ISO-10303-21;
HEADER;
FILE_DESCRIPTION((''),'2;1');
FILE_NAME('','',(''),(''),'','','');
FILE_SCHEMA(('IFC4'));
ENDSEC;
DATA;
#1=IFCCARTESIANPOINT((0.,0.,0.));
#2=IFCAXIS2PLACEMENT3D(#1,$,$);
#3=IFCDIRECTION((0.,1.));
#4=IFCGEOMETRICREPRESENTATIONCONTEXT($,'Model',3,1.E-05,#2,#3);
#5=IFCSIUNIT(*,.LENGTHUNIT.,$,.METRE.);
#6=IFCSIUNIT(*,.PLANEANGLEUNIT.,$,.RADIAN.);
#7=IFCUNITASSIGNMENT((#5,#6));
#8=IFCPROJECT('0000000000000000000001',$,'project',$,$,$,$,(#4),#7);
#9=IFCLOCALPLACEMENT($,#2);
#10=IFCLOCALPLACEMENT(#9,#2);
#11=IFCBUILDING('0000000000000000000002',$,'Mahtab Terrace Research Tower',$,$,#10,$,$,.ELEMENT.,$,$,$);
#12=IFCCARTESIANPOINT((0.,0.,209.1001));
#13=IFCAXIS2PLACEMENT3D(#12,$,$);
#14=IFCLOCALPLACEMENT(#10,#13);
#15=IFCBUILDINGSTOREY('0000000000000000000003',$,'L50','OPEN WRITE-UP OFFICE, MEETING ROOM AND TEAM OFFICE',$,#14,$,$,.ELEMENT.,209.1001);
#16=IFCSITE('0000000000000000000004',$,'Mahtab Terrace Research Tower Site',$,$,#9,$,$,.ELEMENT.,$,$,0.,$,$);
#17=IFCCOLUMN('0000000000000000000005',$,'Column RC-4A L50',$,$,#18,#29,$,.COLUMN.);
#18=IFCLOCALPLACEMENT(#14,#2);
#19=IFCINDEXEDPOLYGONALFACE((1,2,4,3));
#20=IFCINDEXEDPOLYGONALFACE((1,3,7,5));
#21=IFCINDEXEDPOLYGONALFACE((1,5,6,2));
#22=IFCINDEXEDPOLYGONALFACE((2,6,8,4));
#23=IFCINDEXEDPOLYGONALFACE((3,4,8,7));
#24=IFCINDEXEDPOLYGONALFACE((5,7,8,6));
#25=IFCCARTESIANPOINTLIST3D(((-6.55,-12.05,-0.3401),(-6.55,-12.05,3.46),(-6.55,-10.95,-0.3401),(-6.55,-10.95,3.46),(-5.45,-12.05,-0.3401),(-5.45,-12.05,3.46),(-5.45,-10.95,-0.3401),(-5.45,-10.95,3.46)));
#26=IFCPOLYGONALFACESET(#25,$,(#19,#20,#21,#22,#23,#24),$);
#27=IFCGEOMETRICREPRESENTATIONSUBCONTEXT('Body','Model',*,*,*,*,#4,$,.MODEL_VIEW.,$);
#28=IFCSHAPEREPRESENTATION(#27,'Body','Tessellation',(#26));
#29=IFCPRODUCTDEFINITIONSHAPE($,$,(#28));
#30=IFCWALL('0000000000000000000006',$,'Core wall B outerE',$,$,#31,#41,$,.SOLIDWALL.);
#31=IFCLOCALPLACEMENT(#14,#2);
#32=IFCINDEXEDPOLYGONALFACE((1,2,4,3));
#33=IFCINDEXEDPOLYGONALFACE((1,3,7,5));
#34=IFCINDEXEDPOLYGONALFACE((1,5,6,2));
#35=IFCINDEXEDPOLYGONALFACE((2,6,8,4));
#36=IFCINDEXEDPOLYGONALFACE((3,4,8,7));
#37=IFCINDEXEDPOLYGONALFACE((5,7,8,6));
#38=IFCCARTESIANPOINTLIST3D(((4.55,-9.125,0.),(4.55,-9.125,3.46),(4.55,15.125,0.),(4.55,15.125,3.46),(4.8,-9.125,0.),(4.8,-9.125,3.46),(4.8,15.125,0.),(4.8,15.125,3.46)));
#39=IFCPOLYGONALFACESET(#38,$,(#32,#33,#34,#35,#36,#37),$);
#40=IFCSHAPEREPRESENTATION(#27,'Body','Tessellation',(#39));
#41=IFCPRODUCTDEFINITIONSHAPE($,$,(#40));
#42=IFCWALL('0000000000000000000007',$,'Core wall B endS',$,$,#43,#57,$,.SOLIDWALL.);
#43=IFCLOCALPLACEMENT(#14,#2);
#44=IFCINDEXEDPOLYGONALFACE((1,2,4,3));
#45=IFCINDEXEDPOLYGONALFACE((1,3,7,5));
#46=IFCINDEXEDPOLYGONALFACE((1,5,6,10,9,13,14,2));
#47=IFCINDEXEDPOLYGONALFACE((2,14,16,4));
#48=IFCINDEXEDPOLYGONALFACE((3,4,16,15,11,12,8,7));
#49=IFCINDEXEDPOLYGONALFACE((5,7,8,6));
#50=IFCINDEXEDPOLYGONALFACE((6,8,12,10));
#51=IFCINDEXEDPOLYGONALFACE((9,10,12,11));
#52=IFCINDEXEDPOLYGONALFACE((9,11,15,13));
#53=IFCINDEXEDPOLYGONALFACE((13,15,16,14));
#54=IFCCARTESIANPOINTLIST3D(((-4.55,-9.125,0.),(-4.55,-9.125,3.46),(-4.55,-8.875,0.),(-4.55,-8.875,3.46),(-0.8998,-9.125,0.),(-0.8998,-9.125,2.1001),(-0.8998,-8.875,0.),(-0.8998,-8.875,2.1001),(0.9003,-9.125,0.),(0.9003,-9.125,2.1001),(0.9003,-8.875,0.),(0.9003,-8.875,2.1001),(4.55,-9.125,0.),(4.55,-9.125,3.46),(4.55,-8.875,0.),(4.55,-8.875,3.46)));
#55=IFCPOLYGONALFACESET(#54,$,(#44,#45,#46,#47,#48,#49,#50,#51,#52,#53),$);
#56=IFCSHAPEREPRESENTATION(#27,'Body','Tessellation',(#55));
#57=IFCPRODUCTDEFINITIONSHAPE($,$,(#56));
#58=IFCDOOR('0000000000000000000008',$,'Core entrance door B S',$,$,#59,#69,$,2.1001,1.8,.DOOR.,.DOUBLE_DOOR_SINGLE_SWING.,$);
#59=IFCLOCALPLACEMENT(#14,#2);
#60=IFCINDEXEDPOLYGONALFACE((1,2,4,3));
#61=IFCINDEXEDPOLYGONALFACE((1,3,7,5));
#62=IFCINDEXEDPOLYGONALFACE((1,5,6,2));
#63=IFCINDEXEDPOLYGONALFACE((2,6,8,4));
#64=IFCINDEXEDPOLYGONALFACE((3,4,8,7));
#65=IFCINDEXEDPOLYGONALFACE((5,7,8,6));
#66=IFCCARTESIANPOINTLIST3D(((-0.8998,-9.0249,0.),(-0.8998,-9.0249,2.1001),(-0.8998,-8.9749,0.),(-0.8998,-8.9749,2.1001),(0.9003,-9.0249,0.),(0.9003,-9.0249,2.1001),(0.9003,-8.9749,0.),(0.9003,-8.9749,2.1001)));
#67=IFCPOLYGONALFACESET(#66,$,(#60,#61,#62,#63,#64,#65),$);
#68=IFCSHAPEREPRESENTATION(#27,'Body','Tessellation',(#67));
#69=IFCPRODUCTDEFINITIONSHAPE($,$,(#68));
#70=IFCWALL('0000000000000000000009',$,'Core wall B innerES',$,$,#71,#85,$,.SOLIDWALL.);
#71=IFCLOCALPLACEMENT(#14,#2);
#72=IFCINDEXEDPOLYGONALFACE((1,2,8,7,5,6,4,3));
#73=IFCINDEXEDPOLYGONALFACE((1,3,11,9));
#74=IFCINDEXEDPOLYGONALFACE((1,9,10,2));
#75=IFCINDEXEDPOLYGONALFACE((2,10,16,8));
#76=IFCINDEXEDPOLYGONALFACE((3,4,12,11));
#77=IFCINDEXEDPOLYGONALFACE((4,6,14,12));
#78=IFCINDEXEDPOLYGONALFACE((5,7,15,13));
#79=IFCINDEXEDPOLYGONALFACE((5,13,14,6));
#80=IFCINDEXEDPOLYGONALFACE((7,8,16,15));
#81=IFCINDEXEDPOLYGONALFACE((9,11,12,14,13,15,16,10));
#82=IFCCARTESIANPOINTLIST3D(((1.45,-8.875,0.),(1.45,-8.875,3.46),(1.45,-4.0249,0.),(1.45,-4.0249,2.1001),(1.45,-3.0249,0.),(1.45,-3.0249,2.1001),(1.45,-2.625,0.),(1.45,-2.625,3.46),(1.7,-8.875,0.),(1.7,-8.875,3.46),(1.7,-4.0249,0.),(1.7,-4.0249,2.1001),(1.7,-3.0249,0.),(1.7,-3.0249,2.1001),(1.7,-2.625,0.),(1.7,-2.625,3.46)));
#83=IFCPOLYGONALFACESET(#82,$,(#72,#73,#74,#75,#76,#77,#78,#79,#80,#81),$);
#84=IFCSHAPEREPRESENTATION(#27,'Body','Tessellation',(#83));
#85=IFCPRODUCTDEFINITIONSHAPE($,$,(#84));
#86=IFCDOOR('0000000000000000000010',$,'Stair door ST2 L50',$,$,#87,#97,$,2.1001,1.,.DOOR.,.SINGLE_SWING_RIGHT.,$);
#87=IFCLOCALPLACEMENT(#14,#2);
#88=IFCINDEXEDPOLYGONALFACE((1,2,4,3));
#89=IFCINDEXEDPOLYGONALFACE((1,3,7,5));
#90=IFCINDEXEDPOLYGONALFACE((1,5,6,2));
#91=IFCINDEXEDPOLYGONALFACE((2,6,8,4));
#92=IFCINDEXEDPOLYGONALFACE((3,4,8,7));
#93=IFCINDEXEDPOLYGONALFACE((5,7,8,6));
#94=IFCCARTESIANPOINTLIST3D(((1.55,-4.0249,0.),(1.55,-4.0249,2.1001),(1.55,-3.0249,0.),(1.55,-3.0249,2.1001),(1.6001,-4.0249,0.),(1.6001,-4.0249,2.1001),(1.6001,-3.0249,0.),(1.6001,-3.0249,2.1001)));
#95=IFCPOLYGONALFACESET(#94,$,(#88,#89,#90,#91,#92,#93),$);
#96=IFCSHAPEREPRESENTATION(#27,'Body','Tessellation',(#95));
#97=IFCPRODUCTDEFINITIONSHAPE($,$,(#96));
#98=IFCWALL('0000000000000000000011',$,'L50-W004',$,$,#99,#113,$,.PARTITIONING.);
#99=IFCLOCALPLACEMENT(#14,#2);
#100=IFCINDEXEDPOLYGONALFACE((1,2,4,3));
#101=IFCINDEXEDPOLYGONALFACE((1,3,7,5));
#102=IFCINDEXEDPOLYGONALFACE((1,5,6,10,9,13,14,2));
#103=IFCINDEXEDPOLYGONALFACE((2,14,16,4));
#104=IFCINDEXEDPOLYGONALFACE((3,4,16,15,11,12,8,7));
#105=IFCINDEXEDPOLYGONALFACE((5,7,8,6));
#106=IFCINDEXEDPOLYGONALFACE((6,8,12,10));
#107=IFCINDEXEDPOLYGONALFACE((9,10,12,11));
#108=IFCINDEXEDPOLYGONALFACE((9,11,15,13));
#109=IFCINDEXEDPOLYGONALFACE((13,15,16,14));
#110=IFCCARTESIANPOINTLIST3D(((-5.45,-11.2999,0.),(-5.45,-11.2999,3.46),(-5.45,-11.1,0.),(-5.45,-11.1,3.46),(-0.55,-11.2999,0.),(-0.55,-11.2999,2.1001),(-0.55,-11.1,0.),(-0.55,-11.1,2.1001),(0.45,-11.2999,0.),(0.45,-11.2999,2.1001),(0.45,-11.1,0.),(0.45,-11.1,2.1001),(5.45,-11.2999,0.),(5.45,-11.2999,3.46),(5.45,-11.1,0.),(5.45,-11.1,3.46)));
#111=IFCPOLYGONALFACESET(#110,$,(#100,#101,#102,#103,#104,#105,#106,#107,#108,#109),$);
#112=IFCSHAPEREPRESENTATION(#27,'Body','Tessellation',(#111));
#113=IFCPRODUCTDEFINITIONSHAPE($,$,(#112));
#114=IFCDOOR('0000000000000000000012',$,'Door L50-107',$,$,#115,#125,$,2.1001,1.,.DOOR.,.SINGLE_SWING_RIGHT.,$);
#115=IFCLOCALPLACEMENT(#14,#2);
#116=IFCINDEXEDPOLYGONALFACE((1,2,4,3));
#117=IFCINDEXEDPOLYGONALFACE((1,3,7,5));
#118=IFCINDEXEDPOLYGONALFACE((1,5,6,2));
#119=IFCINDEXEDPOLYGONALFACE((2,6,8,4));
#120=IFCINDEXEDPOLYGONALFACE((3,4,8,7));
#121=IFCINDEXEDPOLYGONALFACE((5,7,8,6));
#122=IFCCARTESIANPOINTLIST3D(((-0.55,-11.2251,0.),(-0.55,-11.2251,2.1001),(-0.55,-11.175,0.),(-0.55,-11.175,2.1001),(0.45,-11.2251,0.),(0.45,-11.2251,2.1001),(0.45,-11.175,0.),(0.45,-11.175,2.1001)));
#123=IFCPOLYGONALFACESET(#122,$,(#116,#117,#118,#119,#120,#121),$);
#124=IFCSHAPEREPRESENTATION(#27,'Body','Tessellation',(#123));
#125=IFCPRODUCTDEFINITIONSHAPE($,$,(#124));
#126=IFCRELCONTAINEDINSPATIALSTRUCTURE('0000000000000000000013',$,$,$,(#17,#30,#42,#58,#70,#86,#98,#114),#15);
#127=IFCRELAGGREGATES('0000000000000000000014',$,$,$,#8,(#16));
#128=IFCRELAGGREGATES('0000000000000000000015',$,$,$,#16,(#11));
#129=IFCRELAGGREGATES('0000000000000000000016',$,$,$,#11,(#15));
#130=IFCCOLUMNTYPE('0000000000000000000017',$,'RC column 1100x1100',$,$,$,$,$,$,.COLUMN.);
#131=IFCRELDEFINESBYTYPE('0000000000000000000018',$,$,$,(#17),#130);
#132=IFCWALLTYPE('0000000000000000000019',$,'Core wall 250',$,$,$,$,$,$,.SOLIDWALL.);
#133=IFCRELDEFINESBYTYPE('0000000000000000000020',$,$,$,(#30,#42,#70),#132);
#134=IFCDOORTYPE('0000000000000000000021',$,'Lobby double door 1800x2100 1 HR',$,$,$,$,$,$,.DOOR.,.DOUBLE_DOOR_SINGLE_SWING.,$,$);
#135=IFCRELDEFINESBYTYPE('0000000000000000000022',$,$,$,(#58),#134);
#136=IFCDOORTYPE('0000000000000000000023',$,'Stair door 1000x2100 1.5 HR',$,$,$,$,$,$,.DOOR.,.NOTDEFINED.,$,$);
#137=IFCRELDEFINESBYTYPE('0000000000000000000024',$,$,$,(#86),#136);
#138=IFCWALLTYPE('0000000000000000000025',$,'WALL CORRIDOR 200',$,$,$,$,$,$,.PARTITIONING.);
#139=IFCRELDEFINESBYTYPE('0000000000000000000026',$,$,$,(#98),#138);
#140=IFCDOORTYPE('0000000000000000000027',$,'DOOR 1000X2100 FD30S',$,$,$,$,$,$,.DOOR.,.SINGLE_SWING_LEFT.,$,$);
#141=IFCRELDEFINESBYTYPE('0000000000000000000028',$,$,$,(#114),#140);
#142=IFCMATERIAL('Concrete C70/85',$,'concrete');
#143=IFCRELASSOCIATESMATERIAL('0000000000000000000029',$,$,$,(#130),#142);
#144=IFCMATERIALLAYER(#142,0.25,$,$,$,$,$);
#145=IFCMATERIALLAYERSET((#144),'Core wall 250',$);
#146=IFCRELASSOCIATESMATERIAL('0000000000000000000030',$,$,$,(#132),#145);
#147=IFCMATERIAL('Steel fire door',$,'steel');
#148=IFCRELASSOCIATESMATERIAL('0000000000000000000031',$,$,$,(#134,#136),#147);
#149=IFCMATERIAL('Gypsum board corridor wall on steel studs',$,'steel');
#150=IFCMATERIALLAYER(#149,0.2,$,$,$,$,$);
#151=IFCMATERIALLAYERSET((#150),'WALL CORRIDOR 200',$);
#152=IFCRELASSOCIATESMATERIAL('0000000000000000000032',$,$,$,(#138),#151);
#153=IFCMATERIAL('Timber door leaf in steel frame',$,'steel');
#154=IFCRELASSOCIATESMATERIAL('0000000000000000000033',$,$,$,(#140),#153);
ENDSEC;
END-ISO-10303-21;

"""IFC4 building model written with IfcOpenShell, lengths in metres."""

from ifc_helpers import new_model, si_unit, direction, frame, frame_2d, origin, origin_2d, place, context, subcontext, project, spatial, rectangle, extrude, material, layer, layer_set, material_profile, profile_set, type_object, element, fill, save


model = new_model("IFC4")

# Units and contexts
model_context = context("Model", 3, precision=1e-05, world=origin(), true_north=direction((0.0, 1.0)))
body_context = subcontext(model_context, "Body", "Model", "MODEL_VIEW")
ifc_project = project(units=[si_unit("LENGTHUNIT", "METRE"), si_unit("PLANEANGLEUNIT", "RADIAN")], contexts=[model_context])

# Site, building, storey
site_placement = place(None, origin())
site = spatial("IfcSite", under=ifc_project, at=site_placement, Name="Mahtab Terrace Research Tower Site", CompositionType="ELEMENT", RefElevation=0.0)
building_placement = place(site_placement, origin())
building = spatial("IfcBuilding", under=site, at=building_placement, Name="Mahtab Terrace Research Tower", CompositionType="ELEMENT")
storey_placement = place(building_placement, frame((0.0, 0.0, 209.1001)))
storey = spatial("IfcBuildingStorey", under=building, at=storey_placement, Name="L50", Description="OPEN WRITE-UP OFFICE, MEETING ROOM AND TEAM OFFICE", CompositionType="ELEMENT", Elevation=209.1001)

# Column
ifc_material_1 = material(Name="Concrete C70/85", Category="concrete")
ifc_material_profile = material_profile(ifc_material_1, rectangle(XDim=1.1001, YDim=1.1001, at=origin_2d()), Name="RC column 1100x1100")
ifc_profile_set = profile_set([ifc_material_profile], Name="Concrete C70/85")
column_type = type_object("IfcColumnType", Name="RC column 1100x1100", PredefinedType="COLUMN", material=ifc_profile_set)
column_placement = place(storey_placement, frame((-6.0, -11.5, -0.3401), z_axis=(0.0, 0.0, 1.0), x_axis=(1.0, 0.0, 0.0)))
element("IfcColumn", 1, at=column_placement, inside=storey, type_object=column_type, Name="Column RC-4A L50", PredefinedType="COLUMN", context=body_context, shape_type="SweptSolid", body=[
    extrude(rectangle(XDim=1.1001, YDim=1.1001, at=origin_2d()), origin(), (0.0, 0.0, 1.0), 3.8),
])

# Wall
ifc_layer_1 = layer(ifc_material_1, 0.25)
ifc_layer_set_1 = layer_set([ifc_layer_1], Name="Core wall 250")
wall_type_1 = type_object("IfcWallType", Name="Core wall 250", PredefinedType="SOLIDWALL", material=ifc_layer_set_1)
wall_1_placement = place(storey_placement, frame((4.675, -9.125, 0.0), z_axis=(0.0, 0.0, 1.0), x_axis=(0.0, 1.0, 0.0)))
element("IfcWall", 2, at=wall_1_placement, inside=storey, type_object=wall_type_1, Name="Core wall B outerE", PredefinedType="SOLIDWALL", context=body_context, shape_type="SweptSolid", body=[
    extrude(rectangle(XDim=24.25, YDim=0.25, at=frame_2d((12.125, 0.0))), origin(), (0.0, 0.0, 1.0), 3.46),
])

# Wall, opening, door
wall_2_placement = place(storey_placement, frame((4.55, -9.0, 0.0), z_axis=(0.0, 0.0, 1.0), x_axis=(-1.0, 0.0, 0.0)))
wall_2 = element("IfcWall", 3, at=wall_2_placement, inside=storey, type_object=wall_type_1, Name="Core wall B endS", PredefinedType="SOLIDWALL", context=body_context, shape_type="SweptSolid", body=[
    extrude(rectangle(XDim=9.1001, YDim=0.25, at=frame_2d((4.55, 0.0))), origin(), (0.0, 0.0, 1.0), 3.46),
])
opening_1_placement = place(wall_2_placement, frame((3.6499, 0.0, 0.0)))
opening_1 = element("IfcOpeningElement", 4, at=opening_1_placement, cuts=wall_2, PredefinedType="OPENING", context=body_context, shape_type="SweptSolid", body=[
    extrude(rectangle(XDim=1.8, YDim=2.1001, at=frame_2d((0.8999, 1.05))), frame((0.0, 0.135, 0.0), z_axis=(0.0, -1.0, 0.0), x_axis=(1.0, 0.0, 0.0)), (0.0, 0.0, 1.0), 0.27),
])
ifc_material_2 = material(Name="Steel fire door", Category="steel")
door_type_1 = type_object("IfcDoorType", Name="Lobby double door 1800x2100 1 HR", OperationType="DOUBLE_DOOR_SINGLE_SWING", PredefinedType="DOOR", material=ifc_material_2)
door_1_placement = place(opening_1_placement, origin())
door_1 = element("IfcDoor", 5, at=door_1_placement, inside=storey, type_object=door_type_1, Name="Core entrance door B S", OperationType="DOUBLE_DOOR_SINGLE_SWING", OverallHeight=2.1001, OverallWidth=1.8, PredefinedType="DOOR", context=body_context, shape_type="SweptSolid", body=[
    extrude(rectangle(XDim=1.8, YDim=2.1001, at=frame_2d((0.8999, 1.05))), frame((0.0, 0.0249, 0.0), z_axis=(0.0, -1.0, 0.0), x_axis=(1.0, 0.0, 0.0)), (0.0, 0.0, 1.0), 0.05),
])
fill(opening_1, door_1)

# Walls, openings, doors
wall_3_placement = place(storey_placement, frame((1.575, -8.875, 0.0), z_axis=(0.0, 0.0, 1.0), x_axis=(0.0, 1.0, 0.0)))
wall_3 = element("IfcWall", 6, at=wall_3_placement, inside=storey, type_object=wall_type_1, Name="Core wall B innerES", PredefinedType="SOLIDWALL", context=body_context, shape_type="SweptSolid", body=[
    extrude(rectangle(XDim=6.25, YDim=0.25, at=frame_2d((3.125, 0.0))), origin(), (0.0, 0.0, 1.0), 3.46),
])
opening_2_placement = place(wall_3_placement, frame((4.8501, 0.0, 0.0)))
opening_2 = element("IfcOpeningElement", 7, at=opening_2_placement, cuts=wall_3, PredefinedType="OPENING", context=body_context, shape_type="SweptSolid", body=[
    extrude(rectangle(XDim=1.0, YDim=2.1001, at=frame_2d((0.5, 1.05))), frame((0.0, 0.135, 0.0), z_axis=(0.0, -1.0, 0.0), x_axis=(1.0, 0.0, 0.0)), (0.0, 0.0, 1.0), 0.27),
])
door_type_2 = type_object("IfcDoorType", Name="Stair door 1000x2100 1.5 HR", OperationType="NOTDEFINED", PredefinedType="DOOR", material=ifc_material_2)
door_2_placement = place(opening_2_placement, origin())
door_2 = element("IfcDoor", 8, at=door_2_placement, inside=storey, type_object=door_type_2, Name="Stair door ST2 L50", OperationType="SINGLE_SWING_RIGHT", OverallHeight=2.1001, OverallWidth=1.0, PredefinedType="DOOR", context=body_context, shape_type="SweptSolid", body=[
    extrude(rectangle(XDim=1.0, YDim=2.1001, at=frame_2d((0.5, 1.05))), frame((0.0, 0.0249, 0.0), z_axis=(0.0, -1.0, 0.0), x_axis=(1.0, 0.0, 0.0)), (0.0, 0.0, 1.0), 0.05),
])
fill(opening_2, door_2)
ifc_material_3 = material(Name="Gypsum board corridor wall on steel studs", Category="steel")
ifc_layer_2 = layer(ifc_material_3, 0.2)
ifc_layer_set_2 = layer_set([ifc_layer_2], Name="WALL CORRIDOR 200")
wall_type_2 = type_object("IfcWallType", Name="WALL CORRIDOR 200", PredefinedType="PARTITIONING", material=ifc_layer_set_2)
wall_4_placement = place(storey_placement, frame((-5.45, -11.2, 0.0), z_axis=(0.0, 0.0, 1.0), x_axis=(1.0, 0.0, 0.0)))
wall_4 = element("IfcWall", 9, at=wall_4_placement, inside=storey, type_object=wall_type_2, Name="L50-W004", PredefinedType="PARTITIONING", context=body_context, shape_type="SweptSolid", body=[
    extrude(rectangle(XDim=10.8999, YDim=0.2, at=frame_2d((5.45, 0.0))), origin(), (0.0, 0.0, 1.0), 3.46),
])
opening_3_placement = place(wall_4_placement, frame((4.8999, 0.0, 0.0)))
opening_3 = element("IfcOpeningElement", 10, at=opening_3_placement, cuts=wall_4, PredefinedType="OPENING", context=body_context, shape_type="SweptSolid", body=[
    extrude(rectangle(XDim=1.0, YDim=2.1001, at=frame_2d((0.5, 1.05))), frame((0.0, 0.1099, 0.0), z_axis=(0.0, -1.0, 0.0), x_axis=(1.0, 0.0, 0.0)), (0.0, 0.0, 1.0), 0.22),
])
ifc_material_4 = material(Name="Timber door leaf in steel frame", Category="steel")
door_type_3 = type_object("IfcDoorType", Name="DOOR 1000X2100 FD30S", OperationType="SINGLE_SWING_LEFT", PredefinedType="DOOR", material=ifc_material_4)
door_3_placement = place(opening_3_placement, origin())
door_3 = element("IfcDoor", 11, at=door_3_placement, inside=storey, type_object=door_type_3, Name="Door L50-107", OperationType="SINGLE_SWING_RIGHT", OverallHeight=2.1001, OverallWidth=1.0, PredefinedType="DOOR", context=body_context, shape_type="SweptSolid", body=[
    extrude(rectangle(XDim=1.0, YDim=2.1001, at=frame_2d((0.5, 1.05))), frame((0.0, 0.0249, 0.0), z_axis=(0.0, -1.0, 0.0), x_axis=(1.0, 0.0, 0.0)), (0.0, 0.0, 1.0), 0.05),
])
fill(opening_3, door_3)

save(model, "model.ifc")
